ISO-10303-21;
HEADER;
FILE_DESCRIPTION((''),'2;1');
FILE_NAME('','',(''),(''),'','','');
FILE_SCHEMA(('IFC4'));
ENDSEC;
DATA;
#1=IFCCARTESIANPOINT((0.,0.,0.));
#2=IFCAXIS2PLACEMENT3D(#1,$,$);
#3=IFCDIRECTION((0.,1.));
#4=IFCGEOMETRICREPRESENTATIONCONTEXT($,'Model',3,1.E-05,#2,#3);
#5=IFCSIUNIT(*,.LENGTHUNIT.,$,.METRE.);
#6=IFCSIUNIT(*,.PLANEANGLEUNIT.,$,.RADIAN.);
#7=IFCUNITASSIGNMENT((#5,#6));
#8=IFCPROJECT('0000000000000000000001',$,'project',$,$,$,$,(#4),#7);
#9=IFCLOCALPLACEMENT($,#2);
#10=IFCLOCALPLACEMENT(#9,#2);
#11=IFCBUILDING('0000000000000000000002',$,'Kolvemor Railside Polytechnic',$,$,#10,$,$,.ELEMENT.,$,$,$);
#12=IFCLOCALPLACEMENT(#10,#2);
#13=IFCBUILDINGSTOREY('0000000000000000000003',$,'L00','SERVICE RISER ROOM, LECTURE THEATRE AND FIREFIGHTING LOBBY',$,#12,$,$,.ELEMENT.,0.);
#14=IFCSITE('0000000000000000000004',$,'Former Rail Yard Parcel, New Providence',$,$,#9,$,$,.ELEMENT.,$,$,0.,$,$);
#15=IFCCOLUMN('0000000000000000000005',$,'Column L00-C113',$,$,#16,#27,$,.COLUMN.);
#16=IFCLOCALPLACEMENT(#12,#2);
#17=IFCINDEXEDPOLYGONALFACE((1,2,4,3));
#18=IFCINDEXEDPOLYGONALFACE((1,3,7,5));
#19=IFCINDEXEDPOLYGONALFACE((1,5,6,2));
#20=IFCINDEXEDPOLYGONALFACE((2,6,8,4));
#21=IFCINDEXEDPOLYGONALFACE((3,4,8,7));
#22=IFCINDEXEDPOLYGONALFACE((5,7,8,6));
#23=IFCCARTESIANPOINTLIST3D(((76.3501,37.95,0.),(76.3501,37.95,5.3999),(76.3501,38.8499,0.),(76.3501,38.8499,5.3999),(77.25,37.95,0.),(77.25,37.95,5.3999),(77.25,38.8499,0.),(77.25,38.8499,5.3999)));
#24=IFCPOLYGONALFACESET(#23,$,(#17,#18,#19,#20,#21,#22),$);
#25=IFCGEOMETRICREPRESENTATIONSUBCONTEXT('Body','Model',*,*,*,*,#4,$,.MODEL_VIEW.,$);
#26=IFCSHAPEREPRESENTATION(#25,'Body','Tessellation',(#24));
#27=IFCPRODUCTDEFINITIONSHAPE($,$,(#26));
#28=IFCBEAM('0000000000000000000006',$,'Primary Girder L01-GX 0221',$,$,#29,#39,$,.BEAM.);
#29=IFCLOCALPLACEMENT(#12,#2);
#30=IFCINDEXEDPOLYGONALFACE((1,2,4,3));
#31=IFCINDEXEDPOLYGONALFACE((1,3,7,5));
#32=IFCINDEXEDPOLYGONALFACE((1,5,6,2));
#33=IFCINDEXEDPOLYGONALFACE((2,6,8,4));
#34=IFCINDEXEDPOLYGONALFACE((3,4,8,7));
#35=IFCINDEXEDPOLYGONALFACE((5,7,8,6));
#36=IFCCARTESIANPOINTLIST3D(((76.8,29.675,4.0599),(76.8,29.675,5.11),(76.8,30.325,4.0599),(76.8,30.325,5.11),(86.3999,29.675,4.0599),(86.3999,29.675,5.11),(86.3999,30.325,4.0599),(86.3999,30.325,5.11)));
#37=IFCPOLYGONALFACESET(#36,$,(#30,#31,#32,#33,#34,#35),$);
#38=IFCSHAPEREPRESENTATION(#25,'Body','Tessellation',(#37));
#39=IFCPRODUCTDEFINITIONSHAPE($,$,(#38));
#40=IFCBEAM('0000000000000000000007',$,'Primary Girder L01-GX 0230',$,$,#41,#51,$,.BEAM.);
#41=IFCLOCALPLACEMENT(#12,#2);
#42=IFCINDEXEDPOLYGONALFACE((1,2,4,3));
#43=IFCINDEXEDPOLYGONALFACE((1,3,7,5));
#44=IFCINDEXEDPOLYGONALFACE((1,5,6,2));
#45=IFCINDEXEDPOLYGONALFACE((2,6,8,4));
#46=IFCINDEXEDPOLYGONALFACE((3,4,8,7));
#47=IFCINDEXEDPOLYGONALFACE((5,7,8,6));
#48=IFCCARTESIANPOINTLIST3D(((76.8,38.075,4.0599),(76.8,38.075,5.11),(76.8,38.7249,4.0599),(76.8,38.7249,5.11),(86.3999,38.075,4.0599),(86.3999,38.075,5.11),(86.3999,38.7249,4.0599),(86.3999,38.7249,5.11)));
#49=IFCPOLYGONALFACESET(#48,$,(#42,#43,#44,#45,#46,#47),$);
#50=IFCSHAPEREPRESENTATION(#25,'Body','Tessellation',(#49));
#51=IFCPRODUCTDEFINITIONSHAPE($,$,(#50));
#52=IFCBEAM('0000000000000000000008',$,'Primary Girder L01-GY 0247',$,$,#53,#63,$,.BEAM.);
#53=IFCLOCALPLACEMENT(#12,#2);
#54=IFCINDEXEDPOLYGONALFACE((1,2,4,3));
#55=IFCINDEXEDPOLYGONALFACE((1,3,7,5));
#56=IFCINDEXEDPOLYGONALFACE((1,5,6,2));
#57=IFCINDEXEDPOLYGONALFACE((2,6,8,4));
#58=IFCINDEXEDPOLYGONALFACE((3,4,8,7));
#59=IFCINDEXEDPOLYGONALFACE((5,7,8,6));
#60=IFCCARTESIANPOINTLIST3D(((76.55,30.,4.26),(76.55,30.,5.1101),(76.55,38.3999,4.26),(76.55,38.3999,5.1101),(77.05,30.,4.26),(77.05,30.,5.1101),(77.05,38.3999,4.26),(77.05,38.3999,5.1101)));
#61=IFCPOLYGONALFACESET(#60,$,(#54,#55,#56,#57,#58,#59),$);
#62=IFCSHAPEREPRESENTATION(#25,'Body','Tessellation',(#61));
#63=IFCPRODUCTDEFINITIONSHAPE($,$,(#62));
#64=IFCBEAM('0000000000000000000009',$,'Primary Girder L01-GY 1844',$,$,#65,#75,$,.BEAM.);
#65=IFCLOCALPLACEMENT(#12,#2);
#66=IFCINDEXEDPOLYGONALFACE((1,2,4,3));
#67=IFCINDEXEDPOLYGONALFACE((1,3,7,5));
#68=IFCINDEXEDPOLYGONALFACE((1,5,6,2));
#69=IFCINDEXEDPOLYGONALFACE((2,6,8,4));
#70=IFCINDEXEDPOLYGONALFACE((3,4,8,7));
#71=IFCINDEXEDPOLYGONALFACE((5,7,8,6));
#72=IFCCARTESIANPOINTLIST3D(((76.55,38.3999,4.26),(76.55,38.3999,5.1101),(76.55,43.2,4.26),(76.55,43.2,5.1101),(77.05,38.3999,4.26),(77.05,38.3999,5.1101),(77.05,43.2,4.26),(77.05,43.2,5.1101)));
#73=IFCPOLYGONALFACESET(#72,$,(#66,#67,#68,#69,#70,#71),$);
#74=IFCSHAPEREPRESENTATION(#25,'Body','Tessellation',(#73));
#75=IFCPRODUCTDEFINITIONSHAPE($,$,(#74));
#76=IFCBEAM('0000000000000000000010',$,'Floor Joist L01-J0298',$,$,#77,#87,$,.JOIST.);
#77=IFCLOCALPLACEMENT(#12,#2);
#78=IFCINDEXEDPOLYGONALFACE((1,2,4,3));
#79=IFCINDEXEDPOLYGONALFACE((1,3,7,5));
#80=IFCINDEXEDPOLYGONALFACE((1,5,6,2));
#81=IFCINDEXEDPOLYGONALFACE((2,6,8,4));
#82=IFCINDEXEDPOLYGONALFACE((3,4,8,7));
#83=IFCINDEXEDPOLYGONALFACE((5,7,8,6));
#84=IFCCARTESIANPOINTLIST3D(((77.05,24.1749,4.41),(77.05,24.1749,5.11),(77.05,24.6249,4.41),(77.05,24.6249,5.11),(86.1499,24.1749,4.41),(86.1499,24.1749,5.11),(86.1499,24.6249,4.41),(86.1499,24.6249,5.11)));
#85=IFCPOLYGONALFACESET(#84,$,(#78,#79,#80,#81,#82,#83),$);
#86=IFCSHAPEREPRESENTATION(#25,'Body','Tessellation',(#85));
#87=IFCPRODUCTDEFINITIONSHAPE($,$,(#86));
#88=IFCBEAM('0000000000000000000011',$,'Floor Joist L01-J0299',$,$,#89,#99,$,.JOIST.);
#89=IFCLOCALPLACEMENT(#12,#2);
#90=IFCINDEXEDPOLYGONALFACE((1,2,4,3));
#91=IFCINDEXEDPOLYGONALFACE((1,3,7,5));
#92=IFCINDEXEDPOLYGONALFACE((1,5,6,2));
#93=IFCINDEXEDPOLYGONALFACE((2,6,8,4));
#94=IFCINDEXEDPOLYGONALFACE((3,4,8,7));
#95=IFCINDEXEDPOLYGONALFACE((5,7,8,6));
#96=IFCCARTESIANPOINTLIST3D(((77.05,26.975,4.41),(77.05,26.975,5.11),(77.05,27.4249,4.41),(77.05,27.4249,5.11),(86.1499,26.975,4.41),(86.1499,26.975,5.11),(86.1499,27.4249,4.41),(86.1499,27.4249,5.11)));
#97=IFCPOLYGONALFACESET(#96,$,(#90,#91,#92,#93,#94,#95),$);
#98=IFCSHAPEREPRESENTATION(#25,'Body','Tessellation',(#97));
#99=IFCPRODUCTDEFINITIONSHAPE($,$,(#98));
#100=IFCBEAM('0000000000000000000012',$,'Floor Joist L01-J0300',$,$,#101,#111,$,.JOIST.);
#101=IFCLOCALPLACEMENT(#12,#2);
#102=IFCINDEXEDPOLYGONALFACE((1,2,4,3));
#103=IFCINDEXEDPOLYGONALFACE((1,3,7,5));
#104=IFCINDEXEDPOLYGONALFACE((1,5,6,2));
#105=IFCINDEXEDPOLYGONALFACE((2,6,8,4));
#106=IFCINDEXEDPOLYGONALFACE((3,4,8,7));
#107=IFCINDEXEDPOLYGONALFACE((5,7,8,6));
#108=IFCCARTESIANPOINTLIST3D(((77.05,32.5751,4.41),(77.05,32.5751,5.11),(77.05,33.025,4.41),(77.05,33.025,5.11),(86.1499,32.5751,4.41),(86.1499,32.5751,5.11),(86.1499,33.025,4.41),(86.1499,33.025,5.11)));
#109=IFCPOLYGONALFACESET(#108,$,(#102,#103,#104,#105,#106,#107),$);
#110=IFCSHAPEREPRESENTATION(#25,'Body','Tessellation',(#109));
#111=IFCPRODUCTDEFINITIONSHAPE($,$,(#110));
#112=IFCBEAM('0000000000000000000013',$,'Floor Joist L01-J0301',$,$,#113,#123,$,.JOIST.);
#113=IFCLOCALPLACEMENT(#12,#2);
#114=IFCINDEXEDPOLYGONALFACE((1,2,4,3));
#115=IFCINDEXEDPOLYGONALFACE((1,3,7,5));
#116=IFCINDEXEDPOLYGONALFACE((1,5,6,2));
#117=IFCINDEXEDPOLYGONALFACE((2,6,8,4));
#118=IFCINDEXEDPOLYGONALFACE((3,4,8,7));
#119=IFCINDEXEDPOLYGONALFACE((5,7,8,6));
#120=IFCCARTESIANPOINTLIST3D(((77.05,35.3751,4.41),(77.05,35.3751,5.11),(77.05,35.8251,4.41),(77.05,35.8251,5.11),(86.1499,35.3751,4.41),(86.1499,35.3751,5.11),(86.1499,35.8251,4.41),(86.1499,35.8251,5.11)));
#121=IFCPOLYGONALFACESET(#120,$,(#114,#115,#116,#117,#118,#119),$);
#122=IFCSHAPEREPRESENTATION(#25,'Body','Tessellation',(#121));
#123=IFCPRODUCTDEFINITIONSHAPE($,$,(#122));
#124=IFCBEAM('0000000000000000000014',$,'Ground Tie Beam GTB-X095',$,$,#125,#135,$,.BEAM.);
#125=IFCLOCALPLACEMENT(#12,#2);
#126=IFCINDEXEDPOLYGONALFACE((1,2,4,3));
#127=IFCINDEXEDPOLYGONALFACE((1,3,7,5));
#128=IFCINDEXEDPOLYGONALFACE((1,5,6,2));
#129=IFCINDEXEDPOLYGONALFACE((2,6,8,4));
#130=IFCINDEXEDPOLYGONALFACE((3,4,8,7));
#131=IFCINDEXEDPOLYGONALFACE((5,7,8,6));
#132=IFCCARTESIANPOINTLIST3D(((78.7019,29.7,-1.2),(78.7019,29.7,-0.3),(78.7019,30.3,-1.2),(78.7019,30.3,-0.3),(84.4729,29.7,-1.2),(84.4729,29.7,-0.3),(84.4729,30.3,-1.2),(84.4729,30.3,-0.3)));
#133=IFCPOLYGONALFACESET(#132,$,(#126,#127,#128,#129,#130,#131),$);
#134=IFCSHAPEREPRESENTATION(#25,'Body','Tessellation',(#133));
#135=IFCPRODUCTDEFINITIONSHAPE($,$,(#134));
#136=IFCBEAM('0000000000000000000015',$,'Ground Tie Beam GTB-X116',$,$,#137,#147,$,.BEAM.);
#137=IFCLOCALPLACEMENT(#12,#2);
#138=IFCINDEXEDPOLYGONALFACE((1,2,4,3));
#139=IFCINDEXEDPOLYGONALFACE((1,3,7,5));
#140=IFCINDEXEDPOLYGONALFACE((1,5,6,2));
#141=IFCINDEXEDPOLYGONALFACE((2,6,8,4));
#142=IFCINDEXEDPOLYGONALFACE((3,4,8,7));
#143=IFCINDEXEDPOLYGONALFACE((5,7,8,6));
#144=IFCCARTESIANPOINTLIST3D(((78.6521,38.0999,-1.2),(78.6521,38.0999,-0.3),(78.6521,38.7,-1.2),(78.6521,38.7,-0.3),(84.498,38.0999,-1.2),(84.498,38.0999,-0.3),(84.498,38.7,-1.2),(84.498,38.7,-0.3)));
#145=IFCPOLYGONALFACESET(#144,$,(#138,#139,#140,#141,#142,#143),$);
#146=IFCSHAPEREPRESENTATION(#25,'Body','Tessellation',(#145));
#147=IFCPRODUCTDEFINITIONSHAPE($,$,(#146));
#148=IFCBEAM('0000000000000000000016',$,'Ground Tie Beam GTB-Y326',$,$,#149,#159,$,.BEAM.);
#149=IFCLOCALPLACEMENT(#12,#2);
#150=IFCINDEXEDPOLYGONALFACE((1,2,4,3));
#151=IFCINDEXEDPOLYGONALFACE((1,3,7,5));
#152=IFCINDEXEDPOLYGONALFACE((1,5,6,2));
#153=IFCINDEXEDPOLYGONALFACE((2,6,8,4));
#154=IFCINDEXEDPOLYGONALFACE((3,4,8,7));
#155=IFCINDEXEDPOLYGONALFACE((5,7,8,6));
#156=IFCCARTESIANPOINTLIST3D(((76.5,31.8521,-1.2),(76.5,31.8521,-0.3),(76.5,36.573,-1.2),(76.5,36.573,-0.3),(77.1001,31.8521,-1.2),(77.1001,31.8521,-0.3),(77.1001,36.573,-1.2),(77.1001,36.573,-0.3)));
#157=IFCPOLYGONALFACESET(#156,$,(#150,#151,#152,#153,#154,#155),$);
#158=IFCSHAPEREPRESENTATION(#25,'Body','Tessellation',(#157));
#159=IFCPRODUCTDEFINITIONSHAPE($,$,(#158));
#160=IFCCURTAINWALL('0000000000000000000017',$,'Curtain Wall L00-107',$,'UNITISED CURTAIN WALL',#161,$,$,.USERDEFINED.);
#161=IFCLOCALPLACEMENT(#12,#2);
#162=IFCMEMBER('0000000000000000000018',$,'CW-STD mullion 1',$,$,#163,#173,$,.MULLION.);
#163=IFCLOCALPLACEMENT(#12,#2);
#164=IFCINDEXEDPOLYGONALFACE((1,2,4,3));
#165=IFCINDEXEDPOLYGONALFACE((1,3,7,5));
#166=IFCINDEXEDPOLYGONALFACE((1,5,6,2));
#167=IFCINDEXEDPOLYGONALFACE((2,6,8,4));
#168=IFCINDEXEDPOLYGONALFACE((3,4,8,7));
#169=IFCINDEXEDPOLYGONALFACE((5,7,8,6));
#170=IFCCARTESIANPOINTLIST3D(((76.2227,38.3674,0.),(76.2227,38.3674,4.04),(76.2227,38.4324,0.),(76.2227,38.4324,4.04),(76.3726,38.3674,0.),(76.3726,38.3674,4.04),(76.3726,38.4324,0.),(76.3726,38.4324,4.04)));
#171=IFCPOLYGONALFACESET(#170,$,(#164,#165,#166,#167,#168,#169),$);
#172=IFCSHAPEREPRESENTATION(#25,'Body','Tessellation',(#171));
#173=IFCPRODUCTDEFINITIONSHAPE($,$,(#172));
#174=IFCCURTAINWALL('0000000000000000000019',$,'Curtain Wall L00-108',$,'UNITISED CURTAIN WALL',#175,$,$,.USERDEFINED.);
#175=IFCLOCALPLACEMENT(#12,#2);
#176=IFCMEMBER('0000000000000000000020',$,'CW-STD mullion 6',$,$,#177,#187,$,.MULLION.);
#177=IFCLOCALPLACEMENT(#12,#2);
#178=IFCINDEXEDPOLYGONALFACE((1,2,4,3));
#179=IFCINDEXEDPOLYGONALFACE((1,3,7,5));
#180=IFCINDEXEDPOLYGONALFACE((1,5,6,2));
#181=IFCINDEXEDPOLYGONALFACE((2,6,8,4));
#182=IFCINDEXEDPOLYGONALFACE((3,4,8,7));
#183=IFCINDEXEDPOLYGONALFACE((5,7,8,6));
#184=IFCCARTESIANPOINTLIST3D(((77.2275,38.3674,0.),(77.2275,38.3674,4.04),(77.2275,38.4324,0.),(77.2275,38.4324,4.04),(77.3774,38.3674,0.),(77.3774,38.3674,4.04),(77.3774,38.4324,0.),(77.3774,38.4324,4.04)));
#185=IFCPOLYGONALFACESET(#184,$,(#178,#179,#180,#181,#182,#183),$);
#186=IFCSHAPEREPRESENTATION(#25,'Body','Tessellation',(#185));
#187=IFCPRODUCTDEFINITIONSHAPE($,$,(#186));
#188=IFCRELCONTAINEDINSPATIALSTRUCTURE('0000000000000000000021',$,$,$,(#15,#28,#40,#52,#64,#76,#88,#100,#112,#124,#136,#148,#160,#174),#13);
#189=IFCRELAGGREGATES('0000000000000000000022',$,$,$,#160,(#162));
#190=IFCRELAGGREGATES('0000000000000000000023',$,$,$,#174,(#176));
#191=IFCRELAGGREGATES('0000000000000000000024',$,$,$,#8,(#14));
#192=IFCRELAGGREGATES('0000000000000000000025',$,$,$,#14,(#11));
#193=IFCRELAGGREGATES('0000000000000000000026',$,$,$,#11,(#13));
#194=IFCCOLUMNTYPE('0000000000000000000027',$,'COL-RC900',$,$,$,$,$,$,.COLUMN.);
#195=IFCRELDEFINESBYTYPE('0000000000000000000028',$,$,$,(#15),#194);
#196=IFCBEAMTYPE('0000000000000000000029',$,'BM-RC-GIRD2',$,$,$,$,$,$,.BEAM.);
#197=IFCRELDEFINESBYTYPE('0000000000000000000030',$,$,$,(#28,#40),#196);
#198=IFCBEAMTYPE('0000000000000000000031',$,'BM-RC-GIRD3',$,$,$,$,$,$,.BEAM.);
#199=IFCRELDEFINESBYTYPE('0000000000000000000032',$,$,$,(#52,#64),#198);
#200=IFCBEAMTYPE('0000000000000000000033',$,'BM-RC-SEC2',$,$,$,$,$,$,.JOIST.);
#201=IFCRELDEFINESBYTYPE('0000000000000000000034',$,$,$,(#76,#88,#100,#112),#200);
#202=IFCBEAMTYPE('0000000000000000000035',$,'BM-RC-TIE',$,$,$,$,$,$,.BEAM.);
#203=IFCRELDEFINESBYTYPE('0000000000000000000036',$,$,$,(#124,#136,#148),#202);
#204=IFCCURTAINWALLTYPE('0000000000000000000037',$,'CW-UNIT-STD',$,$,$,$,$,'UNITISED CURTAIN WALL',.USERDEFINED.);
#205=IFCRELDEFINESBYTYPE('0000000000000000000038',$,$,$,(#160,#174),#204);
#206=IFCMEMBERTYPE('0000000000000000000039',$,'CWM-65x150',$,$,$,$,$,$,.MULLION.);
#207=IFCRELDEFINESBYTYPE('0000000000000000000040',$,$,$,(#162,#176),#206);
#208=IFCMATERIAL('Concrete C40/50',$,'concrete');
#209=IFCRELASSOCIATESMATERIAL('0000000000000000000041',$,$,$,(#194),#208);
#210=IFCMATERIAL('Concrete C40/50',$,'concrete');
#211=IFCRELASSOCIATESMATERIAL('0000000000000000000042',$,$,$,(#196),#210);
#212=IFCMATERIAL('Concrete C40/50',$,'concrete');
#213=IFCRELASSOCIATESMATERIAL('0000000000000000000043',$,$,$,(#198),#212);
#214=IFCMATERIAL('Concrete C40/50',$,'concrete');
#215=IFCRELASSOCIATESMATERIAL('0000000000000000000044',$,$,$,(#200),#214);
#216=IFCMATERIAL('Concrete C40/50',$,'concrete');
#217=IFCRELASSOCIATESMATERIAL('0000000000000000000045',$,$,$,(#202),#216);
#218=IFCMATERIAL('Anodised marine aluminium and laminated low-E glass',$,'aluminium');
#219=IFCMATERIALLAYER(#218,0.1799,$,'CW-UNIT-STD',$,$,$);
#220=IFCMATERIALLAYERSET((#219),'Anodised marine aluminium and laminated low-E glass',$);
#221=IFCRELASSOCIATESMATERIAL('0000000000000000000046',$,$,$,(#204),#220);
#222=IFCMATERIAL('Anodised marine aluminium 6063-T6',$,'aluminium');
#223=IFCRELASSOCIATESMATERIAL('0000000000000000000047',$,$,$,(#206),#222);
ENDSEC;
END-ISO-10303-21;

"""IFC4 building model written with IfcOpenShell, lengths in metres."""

from ifc_helpers import new_model, si_unit, direction, frame, origin, origin_2d, place, context, subcontext, project, spatial, rectangle, extrude, material, layer, layer_set, material_profile, profile_set, type_object, element, aggregate, save


model = new_model("IFC4")

# Units and contexts
model_context = context("Model", 3, precision=1e-05, world=origin(), true_north=direction((0.0, 1.0)))
body_context = subcontext(model_context, "Body", "Model", "MODEL_VIEW")
ifc_project = project(units=[si_unit("LENGTHUNIT", "METRE"), si_unit("PLANEANGLEUNIT", "RADIAN")], contexts=[model_context])

# Site, building, storey
site_placement = place(None, origin())
site = spatial("IfcSite", under=ifc_project, at=site_placement, Name="Former Rail Yard Parcel, New Providence", CompositionType="ELEMENT", RefElevation=0.0)
building_placement = place(site_placement, origin())
building = spatial("IfcBuilding", under=site, at=building_placement, Name="Kolvemor Railside Polytechnic", CompositionType="ELEMENT")
storey_placement = place(building_placement, origin())
storey = spatial("IfcBuildingStorey", under=building, at=storey_placement, Name="L00", Description="SERVICE RISER ROOM, LECTURE THEATRE AND FIREFIGHTING LOBBY", CompositionType="ELEMENT", Elevation=0.0)

# Column
ifc_material_1 = material(Name="Concrete C40/50", Category="concrete")
ifc_material_profile_1 = material_profile(ifc_material_1, rectangle(XDim=0.8999, YDim=0.8999, at=origin_2d()), Name="RC900x900")
ifc_profile_set_1 = profile_set([ifc_material_profile_1], Name="Concrete C40/50")
column_type = type_object("IfcColumnType", Name="COL-RC900", PredefinedType="COLUMN", material=ifc_profile_set_1)
for number, where, z_axis, x_axis, name in (
    (1, (76.8, 38.3999, 0.0), (0.0, 0.0, 1.0), (1.0, 0.0, 0.0), "Column L00-C113"),
):
    element("IfcColumn", number, at=place(storey_placement, frame(where, z_axis=z_axis, x_axis=x_axis)), inside=storey, type_object=column_type, Name=name, PredefinedType="COLUMN", context=body_context, shape_type="SweptSolid", body=[
        extrude(rectangle(XDim=0.8999, YDim=0.8999, at=origin_2d()), origin(), (0.0, 0.0, 1.0), 5.3999),
    ])

# Beams
ifc_material_2 = material(Name="Concrete C40/50", Category="concrete")
ifc_material_profile_2 = material_profile(ifc_material_2, rectangle(XDim=0.6499, YDim=1.05, at=origin_2d()), Name="RC650x1050")
ifc_profile_set_2 = profile_set([ifc_material_profile_2], Name="Concrete C40/50")
beam_type_1 = type_object("IfcBeamType", Name="BM-RC-GIRD2", PredefinedType="BEAM", material=ifc_profile_set_2)
for number, where, z_axis, x_axis, name in (
    (2, (76.8, 30.0, 4.585), (1.0, 0.0, 0.0), (0.0, 1.0, 0.0), "Primary Girder L01-GX 0221"),
    (3, (76.8, 38.3999, 4.585), (1.0, 0.0, 0.0), (0.0, 1.0, 0.0), "Primary Girder L01-GX 0230"),
):
    element("IfcBeam", number, at=place(storey_placement, frame(where, z_axis=z_axis, x_axis=x_axis)), inside=storey, type_object=beam_type_1, Name=name, PredefinedType="BEAM", context=body_context, shape_type="SweptSolid", body=[
        extrude(rectangle(XDim=0.6499, YDim=1.05, at=origin_2d()), origin(), (0.0, 0.0, 1.0), 9.5999),
    ])
ifc_material_3 = material(Name="Concrete C40/50", Category="concrete")
ifc_material_profile_3 = material_profile(ifc_material_3, rectangle(XDim=0.5, YDim=0.8501, at=origin_2d()), Name="RC500x850")
ifc_profile_set_3 = profile_set([ifc_material_profile_3], Name="Concrete C40/50")
beam_type_2 = type_object("IfcBeamType", Name="BM-RC-GIRD3", PredefinedType="BEAM", material=ifc_profile_set_3)
beam_1_placement = place(storey_placement, frame((76.8, 30.0, 4.6851), z_axis=(0.0, 1.0, 0.0), x_axis=(-1.0, 0.0, 0.0)))
element("IfcBeam", 4, at=beam_1_placement, inside=storey, type_object=beam_type_2, Name="Primary Girder L01-GY 0247", PredefinedType="BEAM", context=body_context, shape_type="SweptSolid", body=[
    extrude(rectangle(XDim=0.5, YDim=0.8501, at=origin_2d()), origin(), (0.0, 0.0, 1.0), 8.3999),
])
beam_2_placement = place(storey_placement, frame((76.8, 38.3999, 4.6851), z_axis=(0.0, 1.0, 0.0), x_axis=(-1.0, 0.0, 0.0)))
element("IfcBeam", 5, at=beam_2_placement, inside=storey, type_object=beam_type_2, Name="Primary Girder L01-GY 1844", PredefinedType="BEAM", context=body_context, shape_type="SweptSolid", body=[
    extrude(rectangle(XDim=0.5, YDim=0.8501, at=origin_2d()), origin(), (0.0, 0.0, 1.0), 4.8),
])
ifc_material_4 = material(Name="Concrete C40/50", Category="concrete")
ifc_material_profile_4 = material_profile(ifc_material_4, rectangle(XDim=0.45, YDim=0.7, at=origin_2d()), Name="RC450x700")
ifc_profile_set_4 = profile_set([ifc_material_profile_4], Name="Concrete C40/50")
beam_type_3 = type_object("IfcBeamType", Name="BM-RC-SEC2", PredefinedType="JOIST", material=ifc_profile_set_4)
for number, where, z_axis, x_axis, name in (
    (6, (77.05, 24.3999, 4.76), (1.0, 0.0, 0.0), (0.0, 1.0, 0.0), "Floor Joist L01-J0298"),
    (7, (77.05, 27.2, 4.76), (1.0, 0.0, 0.0), (0.0, 1.0, 0.0), "Floor Joist L01-J0299"),
    (8, (77.05, 32.8, 4.76), (1.0, 0.0, 0.0), (0.0, 1.0, 0.0), "Floor Joist L01-J0300"),
    (9, (77.05, 35.6001, 4.76), (1.0, 0.0, 0.0), (0.0, 1.0, 0.0), "Floor Joist L01-J0301"),
):
    element("IfcBeam", number, at=place(storey_placement, frame(where, z_axis=z_axis, x_axis=x_axis)), inside=storey, type_object=beam_type_3, Name=name, PredefinedType="JOIST", context=body_context, shape_type="SweptSolid", body=[
        extrude(rectangle(XDim=0.45, YDim=0.7, at=origin_2d()), origin(), (0.0, 0.0, 1.0), 9.0999),
    ])
ifc_material_5 = material(Name="Concrete C40/50", Category="concrete")
ifc_material_profile_5 = material_profile(ifc_material_5, rectangle(XDim=0.6001, YDim=0.8999, at=origin_2d()), Name="RC600x900")
ifc_profile_set_5 = profile_set([ifc_material_profile_5], Name="Concrete C40/50")
beam_type_4 = type_object("IfcBeamType", Name="BM-RC-TIE", PredefinedType="BEAM", material=ifc_profile_set_5)
beam_3_placement = place(storey_placement, frame((78.7019, 30.0, -0.75), z_axis=(1.0, 0.0, 0.0), x_axis=(0.0, 1.0, 0.0)))
element("IfcBeam", 10, at=beam_3_placement, inside=storey, type_object=beam_type_4, Name="Ground Tie Beam GTB-X095", PredefinedType="BEAM", context=body_context, shape_type="SweptSolid", body=[
    extrude(rectangle(XDim=0.6001, YDim=0.8999, at=origin_2d()), origin(), (0.0, 0.0, 1.0), 5.771),
])
beam_4_placement = place(storey_placement, frame((78.6521, 38.3999, -0.75), z_axis=(1.0, 0.0, 0.0), x_axis=(0.0, 1.0, 0.0)))
element("IfcBeam", 11, at=beam_4_placement, inside=storey, type_object=beam_type_4, Name="Ground Tie Beam GTB-X116", PredefinedType="BEAM", context=body_context, shape_type="SweptSolid", body=[
    extrude(rectangle(XDim=0.6001, YDim=0.8999, at=origin_2d()), origin(), (0.0, 0.0, 1.0), 5.8459),
])
beam_5_placement = place(storey_placement, frame((76.8, 31.8521, -0.75), z_axis=(0.0, 1.0, 0.0), x_axis=(-1.0, 0.0, 0.0)))
element("IfcBeam", 12, at=beam_5_placement, inside=storey, type_object=beam_type_4, Name="Ground Tie Beam GTB-Y326", PredefinedType="BEAM", context=body_context, shape_type="SweptSolid", body=[
    extrude(rectangle(XDim=0.6001, YDim=0.8999, at=origin_2d()), origin(), (0.0, 0.0, 1.0), 4.7209),
])

# Curtain walls, members
ifc_material_6 = material(Name="Anodised marine aluminium and laminated low-E glass", Category="aluminium")
ifc_layer_1 = layer(ifc_material_6, 0.1799, Name="CW-UNIT-STD")
ifc_layer_set_1 = layer_set([ifc_layer_1], Name="Anodised marine aluminium and laminated low-E glass")
curtain_wall_type = type_object("IfcCurtainWallType", Name="CW-UNIT-STD", ElementType="UNITISED CURTAIN WALL", PredefinedType="USERDEFINED", material=ifc_layer_set_1)
curtain_wall_1_placement = place(storey_placement, origin())
curtain_wall_1 = element("IfcCurtainWall", 13, at=curtain_wall_1_placement, inside=storey, type_object=curtain_wall_type, Name="Curtain Wall L00-107", ObjectType="UNITISED CURTAIN WALL", PredefinedType="USERDEFINED")
ifc_material_7 = material(Name="Anodised marine aluminium 6063-T6", Category="aluminium")
ifc_material_profile_6 = material_profile(ifc_material_7, rectangle(XDim=0.0649, YDim=0.1499, at=origin_2d()), Name="CW-MUL-65x150")
ifc_profile_set_6 = profile_set([ifc_material_profile_6], Name="Anodised marine aluminium 6063-T6")
member_type_1 = type_object("IfcMemberType", Name="CWM-65x150", PredefinedType="MULLION", material=ifc_profile_set_6)
member_1_placement = place(storey_placement, frame((76.2976, 38.3999, 0.0), z_axis=(0.0, 0.0, 1.0), x_axis=(0.0, -1.0, 0.0)))
member_1 = element("IfcMember", 14, at=member_1_placement, type_object=member_type_1, Name="CW-STD mullion 1", PredefinedType="MULLION", context=body_context, shape_type="SweptSolid", body=[
    extrude(rectangle(XDim=0.0649, YDim=0.1499, at=origin_2d()), origin(), (0.0, 0.0, 1.0), 4.04),
])
curtain_wall_2_placement = place(storey_placement, origin())
curtain_wall_2 = element("IfcCurtainWall", 15, at=curtain_wall_2_placement, inside=storey, type_object=curtain_wall_type, Name="Curtain Wall L00-108", ObjectType="UNITISED CURTAIN WALL", PredefinedType="USERDEFINED")
member_2_placement = place(storey_placement, frame((77.3025, 38.3999, 0.0), z_axis=(0.0, 0.0, 1.0), x_axis=(0.0, -1.0, 0.0)))
member_2 = element("IfcMember", 16, at=member_2_placement, type_object=member_type_1, Name="CW-STD mullion 6", PredefinedType="MULLION", context=body_context, shape_type="SweptSolid", body=[
    extrude(rectangle(XDim=0.0649, YDim=0.1499, at=origin_2d()), origin(), (0.0, 0.0, 1.0), 4.04),
])

aggregate(curtain_wall_1, [member_1])

aggregate(curtain_wall_2, [member_2])

save(model, "model.ifc")
